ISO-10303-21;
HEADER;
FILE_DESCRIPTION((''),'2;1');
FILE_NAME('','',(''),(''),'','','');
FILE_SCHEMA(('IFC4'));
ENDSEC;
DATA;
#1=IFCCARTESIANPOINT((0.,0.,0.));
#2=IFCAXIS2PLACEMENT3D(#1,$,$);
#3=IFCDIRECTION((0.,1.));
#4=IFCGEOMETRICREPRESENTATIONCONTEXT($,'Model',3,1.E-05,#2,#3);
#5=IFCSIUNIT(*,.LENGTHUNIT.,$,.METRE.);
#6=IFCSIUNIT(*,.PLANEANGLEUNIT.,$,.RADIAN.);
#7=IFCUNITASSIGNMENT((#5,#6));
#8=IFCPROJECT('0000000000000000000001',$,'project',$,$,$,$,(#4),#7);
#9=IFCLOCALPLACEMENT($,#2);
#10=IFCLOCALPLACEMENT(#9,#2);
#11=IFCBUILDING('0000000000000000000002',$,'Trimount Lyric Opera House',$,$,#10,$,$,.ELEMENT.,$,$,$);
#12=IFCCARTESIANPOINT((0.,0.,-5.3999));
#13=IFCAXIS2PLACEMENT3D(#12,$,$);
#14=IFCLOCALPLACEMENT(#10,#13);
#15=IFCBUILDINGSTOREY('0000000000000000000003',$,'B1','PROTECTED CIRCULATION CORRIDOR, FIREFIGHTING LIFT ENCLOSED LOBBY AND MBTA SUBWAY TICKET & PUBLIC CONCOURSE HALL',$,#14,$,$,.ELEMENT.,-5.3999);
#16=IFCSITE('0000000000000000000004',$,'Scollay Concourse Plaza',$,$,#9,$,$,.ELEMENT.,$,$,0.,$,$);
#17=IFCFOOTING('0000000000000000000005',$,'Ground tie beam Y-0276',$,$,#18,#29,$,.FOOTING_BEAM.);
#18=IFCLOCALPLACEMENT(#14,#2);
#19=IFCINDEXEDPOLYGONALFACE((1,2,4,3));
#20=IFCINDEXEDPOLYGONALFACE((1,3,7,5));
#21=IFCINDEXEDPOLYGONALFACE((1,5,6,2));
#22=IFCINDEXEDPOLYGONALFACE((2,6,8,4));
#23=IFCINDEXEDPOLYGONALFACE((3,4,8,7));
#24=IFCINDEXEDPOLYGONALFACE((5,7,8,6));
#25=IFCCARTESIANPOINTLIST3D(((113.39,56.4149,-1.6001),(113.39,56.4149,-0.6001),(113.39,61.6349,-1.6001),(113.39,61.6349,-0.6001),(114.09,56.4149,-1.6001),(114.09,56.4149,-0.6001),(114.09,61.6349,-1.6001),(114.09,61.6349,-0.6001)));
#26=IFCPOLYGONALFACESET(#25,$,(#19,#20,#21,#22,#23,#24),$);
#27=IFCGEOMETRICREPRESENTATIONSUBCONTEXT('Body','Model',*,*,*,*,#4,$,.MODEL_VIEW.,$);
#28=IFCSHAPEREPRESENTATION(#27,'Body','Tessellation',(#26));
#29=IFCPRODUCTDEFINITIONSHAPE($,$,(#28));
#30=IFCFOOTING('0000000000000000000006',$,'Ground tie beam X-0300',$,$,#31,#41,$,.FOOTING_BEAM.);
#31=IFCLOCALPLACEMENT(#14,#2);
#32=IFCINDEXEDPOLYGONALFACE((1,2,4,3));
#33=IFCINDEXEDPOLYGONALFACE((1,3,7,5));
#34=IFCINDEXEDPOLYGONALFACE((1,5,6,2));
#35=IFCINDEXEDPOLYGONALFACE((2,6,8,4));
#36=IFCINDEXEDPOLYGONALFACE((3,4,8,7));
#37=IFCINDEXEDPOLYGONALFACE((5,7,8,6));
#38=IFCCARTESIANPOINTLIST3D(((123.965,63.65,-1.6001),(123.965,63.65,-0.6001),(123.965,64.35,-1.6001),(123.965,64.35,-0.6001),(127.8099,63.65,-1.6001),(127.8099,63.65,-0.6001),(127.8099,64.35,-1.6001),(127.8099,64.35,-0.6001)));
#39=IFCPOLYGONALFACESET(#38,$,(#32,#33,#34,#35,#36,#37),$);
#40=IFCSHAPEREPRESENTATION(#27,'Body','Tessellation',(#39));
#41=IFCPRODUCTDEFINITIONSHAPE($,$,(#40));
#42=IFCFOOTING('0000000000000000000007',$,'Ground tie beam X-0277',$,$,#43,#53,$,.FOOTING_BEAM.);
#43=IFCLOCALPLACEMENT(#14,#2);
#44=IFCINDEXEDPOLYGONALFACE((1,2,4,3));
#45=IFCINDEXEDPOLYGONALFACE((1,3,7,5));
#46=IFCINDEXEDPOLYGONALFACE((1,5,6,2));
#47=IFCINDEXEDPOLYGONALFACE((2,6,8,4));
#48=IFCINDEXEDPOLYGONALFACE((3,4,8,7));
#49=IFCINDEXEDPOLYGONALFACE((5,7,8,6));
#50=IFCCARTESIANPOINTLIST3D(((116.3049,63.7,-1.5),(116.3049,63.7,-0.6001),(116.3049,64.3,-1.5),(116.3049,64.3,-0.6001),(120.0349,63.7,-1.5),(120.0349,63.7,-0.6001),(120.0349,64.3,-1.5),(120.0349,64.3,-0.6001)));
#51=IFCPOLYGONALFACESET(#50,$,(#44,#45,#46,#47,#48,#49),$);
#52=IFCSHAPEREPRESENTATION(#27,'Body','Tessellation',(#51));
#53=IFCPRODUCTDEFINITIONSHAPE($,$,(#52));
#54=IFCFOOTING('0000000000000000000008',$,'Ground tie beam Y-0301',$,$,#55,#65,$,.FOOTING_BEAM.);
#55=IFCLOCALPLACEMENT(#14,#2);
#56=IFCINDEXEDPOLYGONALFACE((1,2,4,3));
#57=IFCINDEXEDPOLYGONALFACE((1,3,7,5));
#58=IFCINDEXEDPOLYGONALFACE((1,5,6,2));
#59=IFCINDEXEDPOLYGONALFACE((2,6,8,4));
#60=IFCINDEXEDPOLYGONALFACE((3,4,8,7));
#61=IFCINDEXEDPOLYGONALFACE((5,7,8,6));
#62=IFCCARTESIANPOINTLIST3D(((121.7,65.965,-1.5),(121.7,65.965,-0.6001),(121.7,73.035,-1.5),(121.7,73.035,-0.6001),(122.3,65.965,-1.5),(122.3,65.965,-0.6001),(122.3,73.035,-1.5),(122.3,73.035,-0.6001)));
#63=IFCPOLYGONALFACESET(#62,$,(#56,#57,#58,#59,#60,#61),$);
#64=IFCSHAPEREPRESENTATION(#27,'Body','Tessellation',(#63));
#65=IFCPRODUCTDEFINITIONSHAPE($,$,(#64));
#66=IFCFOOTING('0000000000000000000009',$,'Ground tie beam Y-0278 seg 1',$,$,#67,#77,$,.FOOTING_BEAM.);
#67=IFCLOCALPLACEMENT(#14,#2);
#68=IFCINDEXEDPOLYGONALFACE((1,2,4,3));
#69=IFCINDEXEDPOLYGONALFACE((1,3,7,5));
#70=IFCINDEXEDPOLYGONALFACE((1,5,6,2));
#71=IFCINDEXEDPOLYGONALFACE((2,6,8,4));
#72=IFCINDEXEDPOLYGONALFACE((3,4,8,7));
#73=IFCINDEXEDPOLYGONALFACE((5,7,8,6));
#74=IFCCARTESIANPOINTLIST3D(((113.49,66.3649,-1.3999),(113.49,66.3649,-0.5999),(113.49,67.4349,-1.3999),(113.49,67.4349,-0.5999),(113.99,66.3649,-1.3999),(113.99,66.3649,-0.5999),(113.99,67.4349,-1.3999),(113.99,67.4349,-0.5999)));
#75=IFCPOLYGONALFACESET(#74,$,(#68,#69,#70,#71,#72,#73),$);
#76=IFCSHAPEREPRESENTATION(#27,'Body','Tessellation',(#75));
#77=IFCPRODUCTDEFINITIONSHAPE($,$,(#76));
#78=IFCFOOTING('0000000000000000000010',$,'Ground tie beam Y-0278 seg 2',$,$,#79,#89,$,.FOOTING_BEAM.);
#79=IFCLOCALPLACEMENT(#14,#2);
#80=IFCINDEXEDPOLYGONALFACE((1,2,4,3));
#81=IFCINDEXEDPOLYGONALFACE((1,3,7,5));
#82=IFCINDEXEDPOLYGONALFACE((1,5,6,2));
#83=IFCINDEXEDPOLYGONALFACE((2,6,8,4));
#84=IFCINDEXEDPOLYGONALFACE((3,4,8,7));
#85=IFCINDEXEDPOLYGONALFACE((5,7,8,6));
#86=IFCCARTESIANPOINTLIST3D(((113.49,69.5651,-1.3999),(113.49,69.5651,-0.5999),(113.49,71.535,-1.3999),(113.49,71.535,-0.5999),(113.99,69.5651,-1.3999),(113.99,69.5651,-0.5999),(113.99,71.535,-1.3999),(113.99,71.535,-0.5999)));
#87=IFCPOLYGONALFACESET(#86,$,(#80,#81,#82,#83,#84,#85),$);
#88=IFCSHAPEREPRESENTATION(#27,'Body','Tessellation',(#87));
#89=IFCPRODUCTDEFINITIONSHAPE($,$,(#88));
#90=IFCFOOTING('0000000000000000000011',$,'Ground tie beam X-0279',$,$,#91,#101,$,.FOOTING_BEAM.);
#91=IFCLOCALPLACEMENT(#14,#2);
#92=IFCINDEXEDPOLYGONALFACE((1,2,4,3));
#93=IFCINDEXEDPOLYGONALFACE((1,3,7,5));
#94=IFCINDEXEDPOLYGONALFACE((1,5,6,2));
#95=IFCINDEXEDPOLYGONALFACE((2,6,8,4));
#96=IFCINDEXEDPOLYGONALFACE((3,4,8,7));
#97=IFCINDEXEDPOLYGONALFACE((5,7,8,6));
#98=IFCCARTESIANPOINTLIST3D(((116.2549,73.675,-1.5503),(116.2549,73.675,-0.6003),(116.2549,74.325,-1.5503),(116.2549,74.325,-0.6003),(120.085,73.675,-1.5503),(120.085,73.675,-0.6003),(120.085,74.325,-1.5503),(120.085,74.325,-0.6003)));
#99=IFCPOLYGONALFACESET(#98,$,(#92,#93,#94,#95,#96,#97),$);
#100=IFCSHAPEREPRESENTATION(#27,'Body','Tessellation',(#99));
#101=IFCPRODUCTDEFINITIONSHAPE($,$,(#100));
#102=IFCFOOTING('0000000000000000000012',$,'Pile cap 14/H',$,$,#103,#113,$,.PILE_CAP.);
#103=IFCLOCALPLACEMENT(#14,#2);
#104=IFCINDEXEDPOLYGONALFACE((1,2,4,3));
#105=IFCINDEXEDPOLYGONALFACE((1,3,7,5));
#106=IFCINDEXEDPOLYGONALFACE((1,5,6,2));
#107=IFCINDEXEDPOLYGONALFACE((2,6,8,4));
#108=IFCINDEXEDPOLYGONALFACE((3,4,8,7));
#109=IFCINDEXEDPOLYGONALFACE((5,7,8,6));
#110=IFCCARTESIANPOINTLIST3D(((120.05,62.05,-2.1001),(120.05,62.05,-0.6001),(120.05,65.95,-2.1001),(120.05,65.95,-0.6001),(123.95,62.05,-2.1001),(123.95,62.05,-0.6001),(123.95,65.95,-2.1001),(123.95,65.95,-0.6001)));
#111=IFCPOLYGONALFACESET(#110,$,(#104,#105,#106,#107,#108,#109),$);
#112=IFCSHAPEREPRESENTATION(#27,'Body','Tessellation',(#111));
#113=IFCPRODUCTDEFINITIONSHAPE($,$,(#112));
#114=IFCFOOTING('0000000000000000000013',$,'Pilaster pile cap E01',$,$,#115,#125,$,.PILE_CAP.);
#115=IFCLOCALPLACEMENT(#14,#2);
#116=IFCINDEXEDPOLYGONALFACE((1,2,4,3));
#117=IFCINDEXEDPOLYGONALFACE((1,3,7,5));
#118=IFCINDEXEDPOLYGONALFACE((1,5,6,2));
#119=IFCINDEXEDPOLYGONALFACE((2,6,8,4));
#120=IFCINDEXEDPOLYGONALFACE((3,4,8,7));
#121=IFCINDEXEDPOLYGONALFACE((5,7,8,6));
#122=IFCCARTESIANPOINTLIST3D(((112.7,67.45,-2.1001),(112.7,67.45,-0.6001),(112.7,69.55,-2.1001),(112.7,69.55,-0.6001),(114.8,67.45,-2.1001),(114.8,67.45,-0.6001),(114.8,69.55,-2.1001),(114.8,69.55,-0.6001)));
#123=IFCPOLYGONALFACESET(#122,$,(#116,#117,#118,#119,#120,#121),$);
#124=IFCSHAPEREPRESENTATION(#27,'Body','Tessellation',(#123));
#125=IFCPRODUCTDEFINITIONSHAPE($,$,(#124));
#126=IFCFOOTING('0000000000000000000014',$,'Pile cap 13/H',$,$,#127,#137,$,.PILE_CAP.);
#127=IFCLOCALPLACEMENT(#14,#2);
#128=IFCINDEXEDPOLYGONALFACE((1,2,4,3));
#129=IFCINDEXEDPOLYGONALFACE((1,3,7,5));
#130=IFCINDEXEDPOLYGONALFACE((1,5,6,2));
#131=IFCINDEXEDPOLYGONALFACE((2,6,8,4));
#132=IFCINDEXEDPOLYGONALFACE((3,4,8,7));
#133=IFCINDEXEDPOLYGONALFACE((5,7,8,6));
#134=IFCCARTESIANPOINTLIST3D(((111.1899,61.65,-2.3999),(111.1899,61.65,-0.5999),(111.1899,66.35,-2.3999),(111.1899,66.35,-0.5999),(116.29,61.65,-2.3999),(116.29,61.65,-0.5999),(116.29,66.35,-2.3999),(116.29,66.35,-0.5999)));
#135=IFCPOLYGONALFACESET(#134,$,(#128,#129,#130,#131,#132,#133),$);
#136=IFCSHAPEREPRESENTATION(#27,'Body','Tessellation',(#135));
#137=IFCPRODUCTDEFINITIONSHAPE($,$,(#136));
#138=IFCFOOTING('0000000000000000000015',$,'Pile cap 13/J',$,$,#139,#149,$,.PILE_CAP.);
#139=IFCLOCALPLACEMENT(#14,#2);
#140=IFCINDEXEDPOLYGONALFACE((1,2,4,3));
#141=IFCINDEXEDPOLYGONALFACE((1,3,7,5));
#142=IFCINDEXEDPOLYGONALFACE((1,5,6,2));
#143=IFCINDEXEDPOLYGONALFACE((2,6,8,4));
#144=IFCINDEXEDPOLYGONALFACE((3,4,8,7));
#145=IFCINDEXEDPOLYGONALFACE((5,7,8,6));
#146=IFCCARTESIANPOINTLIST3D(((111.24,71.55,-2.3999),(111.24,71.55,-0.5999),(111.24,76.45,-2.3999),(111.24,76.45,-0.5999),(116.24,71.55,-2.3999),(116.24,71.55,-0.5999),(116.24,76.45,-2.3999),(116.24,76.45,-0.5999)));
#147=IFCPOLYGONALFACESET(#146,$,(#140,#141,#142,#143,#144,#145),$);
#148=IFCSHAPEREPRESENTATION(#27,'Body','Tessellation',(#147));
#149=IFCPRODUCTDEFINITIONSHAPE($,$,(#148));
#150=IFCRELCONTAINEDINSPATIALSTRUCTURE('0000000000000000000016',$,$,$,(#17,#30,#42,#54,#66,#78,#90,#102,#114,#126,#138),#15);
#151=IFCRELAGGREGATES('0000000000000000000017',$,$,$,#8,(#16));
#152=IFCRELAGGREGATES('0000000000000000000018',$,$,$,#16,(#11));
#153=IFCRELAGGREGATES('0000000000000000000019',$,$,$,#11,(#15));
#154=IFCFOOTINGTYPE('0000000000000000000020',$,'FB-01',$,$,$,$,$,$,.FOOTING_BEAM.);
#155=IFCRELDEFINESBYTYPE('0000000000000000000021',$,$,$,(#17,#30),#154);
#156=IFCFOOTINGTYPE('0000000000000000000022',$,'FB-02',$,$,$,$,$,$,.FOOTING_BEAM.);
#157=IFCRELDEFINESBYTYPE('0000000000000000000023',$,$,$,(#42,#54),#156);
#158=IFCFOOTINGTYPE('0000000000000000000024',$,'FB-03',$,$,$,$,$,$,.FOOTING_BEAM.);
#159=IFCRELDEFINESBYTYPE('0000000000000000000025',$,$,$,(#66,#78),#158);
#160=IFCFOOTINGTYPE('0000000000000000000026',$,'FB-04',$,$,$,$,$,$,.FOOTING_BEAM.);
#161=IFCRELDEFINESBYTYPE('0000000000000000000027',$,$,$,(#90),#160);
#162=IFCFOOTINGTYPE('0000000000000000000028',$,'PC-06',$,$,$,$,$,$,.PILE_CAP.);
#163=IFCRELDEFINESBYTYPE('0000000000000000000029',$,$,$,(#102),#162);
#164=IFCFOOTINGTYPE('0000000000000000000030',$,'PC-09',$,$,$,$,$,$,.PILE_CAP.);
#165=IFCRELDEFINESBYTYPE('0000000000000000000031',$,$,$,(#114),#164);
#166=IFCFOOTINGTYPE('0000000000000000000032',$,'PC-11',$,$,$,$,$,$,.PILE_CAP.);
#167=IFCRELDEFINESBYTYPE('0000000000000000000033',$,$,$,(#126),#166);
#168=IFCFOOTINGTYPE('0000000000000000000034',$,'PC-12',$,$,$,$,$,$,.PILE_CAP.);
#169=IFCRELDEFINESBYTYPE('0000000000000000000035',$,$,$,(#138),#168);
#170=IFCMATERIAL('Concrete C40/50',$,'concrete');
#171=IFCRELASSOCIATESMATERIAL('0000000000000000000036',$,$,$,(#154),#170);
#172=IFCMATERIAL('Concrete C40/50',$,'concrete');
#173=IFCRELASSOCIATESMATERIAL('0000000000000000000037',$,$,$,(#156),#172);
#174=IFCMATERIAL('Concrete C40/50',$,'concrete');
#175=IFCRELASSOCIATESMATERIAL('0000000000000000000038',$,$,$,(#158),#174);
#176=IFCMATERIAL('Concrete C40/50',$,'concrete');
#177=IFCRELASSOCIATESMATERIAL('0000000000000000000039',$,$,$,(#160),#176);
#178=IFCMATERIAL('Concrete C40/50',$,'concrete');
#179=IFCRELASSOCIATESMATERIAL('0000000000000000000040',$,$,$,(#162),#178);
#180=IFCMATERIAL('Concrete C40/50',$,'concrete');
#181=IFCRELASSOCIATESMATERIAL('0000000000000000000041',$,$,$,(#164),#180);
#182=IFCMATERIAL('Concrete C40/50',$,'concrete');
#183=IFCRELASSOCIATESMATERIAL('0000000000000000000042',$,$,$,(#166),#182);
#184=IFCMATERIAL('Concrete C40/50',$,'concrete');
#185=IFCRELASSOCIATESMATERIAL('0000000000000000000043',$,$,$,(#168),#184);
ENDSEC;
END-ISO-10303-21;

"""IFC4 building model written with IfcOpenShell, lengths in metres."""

from ifc_helpers import new_model, si_unit, direction, frame, origin, origin_2d, place, context, subcontext, project, spatial, rectangle, extrude, material, type_object, element, save


model = new_model("IFC4")

# Units and contexts
model_context = context("Model", 3, precision=1e-05, world=origin(), true_north=direction((0.0, 1.0)))
body_context = subcontext(model_context, "Body", "Model", "MODEL_VIEW")
ifc_project = project(units=[si_unit("LENGTHUNIT", "METRE"), si_unit("PLANEANGLEUNIT", "RADIAN")], contexts=[model_context])

# Site, building, storey
site_placement = place(None, origin())
site = spatial("IfcSite", under=ifc_project, at=site_placement, Name="Scollay Concourse Plaza", CompositionType="ELEMENT", RefElevation=0.0)
building_placement = place(site_placement, origin())
building = spatial("IfcBuilding", under=site, at=building_placement, Name="Trimount Lyric Opera House", CompositionType="ELEMENT")
storey_placement = place(building_placement, frame((0.0, 0.0, -5.3999)))
storey = spatial("IfcBuildingStorey", under=building, at=storey_placement, Name="B1", Description="PROTECTED CIRCULATION CORRIDOR, FIREFIGHTING LIFT ENCLOSED LOBBY AND MBTA SUBWAY TICKET & PUBLIC CONCOURSE HALL", CompositionType="ELEMENT", Elevation=-5.3999)

# Footings
ifc_material_1 = material(Name="Concrete C40/50", Category="concrete")
footing_type_1 = type_object("IfcFootingType", Name="FB-01", PredefinedType="FOOTING_BEAM", material=ifc_material_1)
footing_1_placement = place(storey_placement, frame((113.74, 59.0249, -1.6001), z_axis=(0.0, 0.0, 1.0), x_axis=(1.0, 0.0, 0.0)))
element("IfcFooting", 1, at=footing_1_placement, inside=storey, type_object=footing_type_1, Name="Ground tie beam Y-0276", PredefinedType="FOOTING_BEAM", context=body_context, shape_type="SweptSolid", body=[
    extrude(rectangle(XDim=0.7, YDim=5.22, at=origin_2d()), origin(), (0.0, 0.0, 1.0), 1.0),
])
footing_2_placement = place(storey_placement, frame((125.8875, 64.0, -1.6001), z_axis=(0.0, 0.0, 1.0), x_axis=(1.0, 0.0, 0.0)))
element("IfcFooting", 2, at=footing_2_placement, inside=storey, type_object=footing_type_1, Name="Ground tie beam X-0300", PredefinedType="FOOTING_BEAM", context=body_context, shape_type="SweptSolid", body=[
    extrude(rectangle(XDim=3.845, YDim=0.7, at=origin_2d()), origin(), (0.0, 0.0, 1.0), 1.0),
])
ifc_material_2 = material(Name="Concrete C40/50", Category="concrete")
footing_type_2 = type_object("IfcFootingType", Name="FB-02", PredefinedType="FOOTING_BEAM", material=ifc_material_2)
footing_3_placement = place(storey_placement, frame((118.1699, 64.0, -1.5), z_axis=(0.0, 0.0, 1.0), x_axis=(1.0, 0.0, 0.0)))
element("IfcFooting", 3, at=footing_3_placement, inside=storey, type_object=footing_type_2, Name="Ground tie beam X-0277", PredefinedType="FOOTING_BEAM", context=body_context, shape_type="SweptSolid", body=[
    extrude(rectangle(XDim=3.73, YDim=0.6001, at=origin_2d()), origin(), (0.0, 0.0, 1.0), 0.8999),
])
footing_4_placement = place(storey_placement, frame((122.0, 69.5, -1.5), z_axis=(0.0, 0.0, 1.0), x_axis=(1.0, 0.0, 0.0)))
element("IfcFooting", 4, at=footing_4_placement, inside=storey, type_object=footing_type_2, Name="Ground tie beam Y-0301", PredefinedType="FOOTING_BEAM", context=body_context, shape_type="SweptSolid", body=[
    extrude(rectangle(XDim=0.6001, YDim=7.0701, at=origin_2d()), origin(), (0.0, 0.0, 1.0), 0.8999),
])
ifc_material_3 = material(Name="Concrete C40/50", Category="concrete")
footing_type_3 = type_object("IfcFootingType", Name="FB-03", PredefinedType="FOOTING_BEAM", material=ifc_material_3)
footing_5_placement = place(storey_placement, frame((113.74, 66.8999, -1.3999), z_axis=(0.0, 0.0, 1.0), x_axis=(1.0, 0.0, 0.0)))
element("IfcFooting", 5, at=footing_5_placement, inside=storey, type_object=footing_type_3, Name="Ground tie beam Y-0278 seg 1", PredefinedType="FOOTING_BEAM", context=body_context, shape_type="SweptSolid", body=[
    extrude(rectangle(XDim=0.5, YDim=1.0701, at=origin_2d()), origin(), (0.0, 0.0, 1.0), 0.8),
])
footing_6_placement = place(storey_placement, frame((113.74, 70.55, -1.3999), z_axis=(0.0, 0.0, 1.0), x_axis=(1.0, 0.0, 0.0)))
element("IfcFooting", 6, at=footing_6_placement, inside=storey, type_object=footing_type_3, Name="Ground tie beam Y-0278 seg 2", PredefinedType="FOOTING_BEAM", context=body_context, shape_type="SweptSolid", body=[
    extrude(rectangle(XDim=0.5, YDim=1.97, at=origin_2d()), origin(), (0.0, 0.0, 1.0), 0.8),
])
ifc_material_4 = material(Name="Concrete C40/50", Category="concrete")
footing_type_4 = type_object("IfcFootingType", Name="FB-04", PredefinedType="FOOTING_BEAM", material=ifc_material_4)
footing_7_placement = place(storey_placement, frame((118.1699, 74.0, -1.5503), z_axis=(0.0, 0.0, 1.0), x_axis=(1.0, 0.0, 0.0)))
element("IfcFooting", 7, at=footing_7_placement, inside=storey, type_object=footing_type_4, Name="Ground tie beam X-0279", PredefinedType="FOOTING_BEAM", context=body_context, shape_type="SweptSolid", body=[
    extrude(rectangle(XDim=3.8301, YDim=0.6499, at=origin_2d()), origin(), (0.0, 0.0, 1.0), 0.95),
])
ifc_material_5 = material(Name="Concrete C40/50", Category="concrete")
footing_type_5 = type_object("IfcFootingType", Name="PC-06", PredefinedType="PILE_CAP", material=ifc_material_5)
footing_8_placement = place(storey_placement, frame((122.0, 64.0, -2.1001), z_axis=(0.0, 0.0, 1.0), x_axis=(1.0, 0.0, 0.0)))
element("IfcFooting", 8, at=footing_8_placement, inside=storey, type_object=footing_type_5, Name="Pile cap 14/H", PredefinedType="PILE_CAP", context=body_context, shape_type="SweptSolid", body=[
    extrude(rectangle(XDim=3.8999, YDim=3.8999, at=origin_2d()), origin(), (0.0, 0.0, 1.0), 1.5),
])
ifc_material_6 = material(Name="Concrete C40/50", Category="concrete")
footing_type_6 = type_object("IfcFootingType", Name="PC-09", PredefinedType="PILE_CAP", material=ifc_material_6)
footing_9_placement = place(storey_placement, frame((113.75, 68.5, -2.1001), z_axis=(0.0, 0.0, 1.0), x_axis=(1.0, 0.0, 0.0)))
element("IfcFooting", 9, at=footing_9_placement, inside=storey, type_object=footing_type_6, Name="Pilaster pile cap E01", PredefinedType="PILE_CAP", context=body_context, shape_type="SweptSolid", body=[
    extrude(rectangle(XDim=2.1001, YDim=2.1001, at=origin_2d()), origin(), (0.0, 0.0, 1.0), 1.5),
])
ifc_material_7 = material(Name="Concrete C40/50", Category="concrete")
footing_type_7 = type_object("IfcFootingType", Name="PC-11", PredefinedType="PILE_CAP", material=ifc_material_7)
footing_10_placement = place(storey_placement, frame((113.74, 64.0, -2.3999), z_axis=(0.0, 0.0, 1.0), x_axis=(1.0, 0.0, 0.0)))
element("IfcFooting", 10, at=footing_10_placement, inside=storey, type_object=footing_type_7, Name="Pile cap 13/H", PredefinedType="PILE_CAP", context=body_context, shape_type="SweptSolid", body=[
    extrude(rectangle(XDim=5.1001, YDim=4.7, at=origin_2d()), origin(), (0.0, 0.0, 1.0), 1.8),
])
ifc_material_8 = material(Name="Concrete C40/50", Category="concrete")
footing_type_8 = type_object("IfcFootingType", Name="PC-12", PredefinedType="PILE_CAP", material=ifc_material_8)
footing_11_placement = place(storey_placement, frame((113.74, 74.0, -2.3999), z_axis=(0.0, 0.0, 1.0), x_axis=(1.0, 0.0, 0.0)))
element("IfcFooting", 11, at=footing_11_placement, inside=storey, type_object=footing_type_8, Name="Pile cap 13/J", PredefinedType="PILE_CAP", context=body_context, shape_type="SweptSolid", body=[
    extrude(rectangle(XDim=5.0, YDim=4.8999, at=origin_2d()), origin(), (0.0, 0.0, 1.0), 1.8),
])

save(model, "model.ifc")
